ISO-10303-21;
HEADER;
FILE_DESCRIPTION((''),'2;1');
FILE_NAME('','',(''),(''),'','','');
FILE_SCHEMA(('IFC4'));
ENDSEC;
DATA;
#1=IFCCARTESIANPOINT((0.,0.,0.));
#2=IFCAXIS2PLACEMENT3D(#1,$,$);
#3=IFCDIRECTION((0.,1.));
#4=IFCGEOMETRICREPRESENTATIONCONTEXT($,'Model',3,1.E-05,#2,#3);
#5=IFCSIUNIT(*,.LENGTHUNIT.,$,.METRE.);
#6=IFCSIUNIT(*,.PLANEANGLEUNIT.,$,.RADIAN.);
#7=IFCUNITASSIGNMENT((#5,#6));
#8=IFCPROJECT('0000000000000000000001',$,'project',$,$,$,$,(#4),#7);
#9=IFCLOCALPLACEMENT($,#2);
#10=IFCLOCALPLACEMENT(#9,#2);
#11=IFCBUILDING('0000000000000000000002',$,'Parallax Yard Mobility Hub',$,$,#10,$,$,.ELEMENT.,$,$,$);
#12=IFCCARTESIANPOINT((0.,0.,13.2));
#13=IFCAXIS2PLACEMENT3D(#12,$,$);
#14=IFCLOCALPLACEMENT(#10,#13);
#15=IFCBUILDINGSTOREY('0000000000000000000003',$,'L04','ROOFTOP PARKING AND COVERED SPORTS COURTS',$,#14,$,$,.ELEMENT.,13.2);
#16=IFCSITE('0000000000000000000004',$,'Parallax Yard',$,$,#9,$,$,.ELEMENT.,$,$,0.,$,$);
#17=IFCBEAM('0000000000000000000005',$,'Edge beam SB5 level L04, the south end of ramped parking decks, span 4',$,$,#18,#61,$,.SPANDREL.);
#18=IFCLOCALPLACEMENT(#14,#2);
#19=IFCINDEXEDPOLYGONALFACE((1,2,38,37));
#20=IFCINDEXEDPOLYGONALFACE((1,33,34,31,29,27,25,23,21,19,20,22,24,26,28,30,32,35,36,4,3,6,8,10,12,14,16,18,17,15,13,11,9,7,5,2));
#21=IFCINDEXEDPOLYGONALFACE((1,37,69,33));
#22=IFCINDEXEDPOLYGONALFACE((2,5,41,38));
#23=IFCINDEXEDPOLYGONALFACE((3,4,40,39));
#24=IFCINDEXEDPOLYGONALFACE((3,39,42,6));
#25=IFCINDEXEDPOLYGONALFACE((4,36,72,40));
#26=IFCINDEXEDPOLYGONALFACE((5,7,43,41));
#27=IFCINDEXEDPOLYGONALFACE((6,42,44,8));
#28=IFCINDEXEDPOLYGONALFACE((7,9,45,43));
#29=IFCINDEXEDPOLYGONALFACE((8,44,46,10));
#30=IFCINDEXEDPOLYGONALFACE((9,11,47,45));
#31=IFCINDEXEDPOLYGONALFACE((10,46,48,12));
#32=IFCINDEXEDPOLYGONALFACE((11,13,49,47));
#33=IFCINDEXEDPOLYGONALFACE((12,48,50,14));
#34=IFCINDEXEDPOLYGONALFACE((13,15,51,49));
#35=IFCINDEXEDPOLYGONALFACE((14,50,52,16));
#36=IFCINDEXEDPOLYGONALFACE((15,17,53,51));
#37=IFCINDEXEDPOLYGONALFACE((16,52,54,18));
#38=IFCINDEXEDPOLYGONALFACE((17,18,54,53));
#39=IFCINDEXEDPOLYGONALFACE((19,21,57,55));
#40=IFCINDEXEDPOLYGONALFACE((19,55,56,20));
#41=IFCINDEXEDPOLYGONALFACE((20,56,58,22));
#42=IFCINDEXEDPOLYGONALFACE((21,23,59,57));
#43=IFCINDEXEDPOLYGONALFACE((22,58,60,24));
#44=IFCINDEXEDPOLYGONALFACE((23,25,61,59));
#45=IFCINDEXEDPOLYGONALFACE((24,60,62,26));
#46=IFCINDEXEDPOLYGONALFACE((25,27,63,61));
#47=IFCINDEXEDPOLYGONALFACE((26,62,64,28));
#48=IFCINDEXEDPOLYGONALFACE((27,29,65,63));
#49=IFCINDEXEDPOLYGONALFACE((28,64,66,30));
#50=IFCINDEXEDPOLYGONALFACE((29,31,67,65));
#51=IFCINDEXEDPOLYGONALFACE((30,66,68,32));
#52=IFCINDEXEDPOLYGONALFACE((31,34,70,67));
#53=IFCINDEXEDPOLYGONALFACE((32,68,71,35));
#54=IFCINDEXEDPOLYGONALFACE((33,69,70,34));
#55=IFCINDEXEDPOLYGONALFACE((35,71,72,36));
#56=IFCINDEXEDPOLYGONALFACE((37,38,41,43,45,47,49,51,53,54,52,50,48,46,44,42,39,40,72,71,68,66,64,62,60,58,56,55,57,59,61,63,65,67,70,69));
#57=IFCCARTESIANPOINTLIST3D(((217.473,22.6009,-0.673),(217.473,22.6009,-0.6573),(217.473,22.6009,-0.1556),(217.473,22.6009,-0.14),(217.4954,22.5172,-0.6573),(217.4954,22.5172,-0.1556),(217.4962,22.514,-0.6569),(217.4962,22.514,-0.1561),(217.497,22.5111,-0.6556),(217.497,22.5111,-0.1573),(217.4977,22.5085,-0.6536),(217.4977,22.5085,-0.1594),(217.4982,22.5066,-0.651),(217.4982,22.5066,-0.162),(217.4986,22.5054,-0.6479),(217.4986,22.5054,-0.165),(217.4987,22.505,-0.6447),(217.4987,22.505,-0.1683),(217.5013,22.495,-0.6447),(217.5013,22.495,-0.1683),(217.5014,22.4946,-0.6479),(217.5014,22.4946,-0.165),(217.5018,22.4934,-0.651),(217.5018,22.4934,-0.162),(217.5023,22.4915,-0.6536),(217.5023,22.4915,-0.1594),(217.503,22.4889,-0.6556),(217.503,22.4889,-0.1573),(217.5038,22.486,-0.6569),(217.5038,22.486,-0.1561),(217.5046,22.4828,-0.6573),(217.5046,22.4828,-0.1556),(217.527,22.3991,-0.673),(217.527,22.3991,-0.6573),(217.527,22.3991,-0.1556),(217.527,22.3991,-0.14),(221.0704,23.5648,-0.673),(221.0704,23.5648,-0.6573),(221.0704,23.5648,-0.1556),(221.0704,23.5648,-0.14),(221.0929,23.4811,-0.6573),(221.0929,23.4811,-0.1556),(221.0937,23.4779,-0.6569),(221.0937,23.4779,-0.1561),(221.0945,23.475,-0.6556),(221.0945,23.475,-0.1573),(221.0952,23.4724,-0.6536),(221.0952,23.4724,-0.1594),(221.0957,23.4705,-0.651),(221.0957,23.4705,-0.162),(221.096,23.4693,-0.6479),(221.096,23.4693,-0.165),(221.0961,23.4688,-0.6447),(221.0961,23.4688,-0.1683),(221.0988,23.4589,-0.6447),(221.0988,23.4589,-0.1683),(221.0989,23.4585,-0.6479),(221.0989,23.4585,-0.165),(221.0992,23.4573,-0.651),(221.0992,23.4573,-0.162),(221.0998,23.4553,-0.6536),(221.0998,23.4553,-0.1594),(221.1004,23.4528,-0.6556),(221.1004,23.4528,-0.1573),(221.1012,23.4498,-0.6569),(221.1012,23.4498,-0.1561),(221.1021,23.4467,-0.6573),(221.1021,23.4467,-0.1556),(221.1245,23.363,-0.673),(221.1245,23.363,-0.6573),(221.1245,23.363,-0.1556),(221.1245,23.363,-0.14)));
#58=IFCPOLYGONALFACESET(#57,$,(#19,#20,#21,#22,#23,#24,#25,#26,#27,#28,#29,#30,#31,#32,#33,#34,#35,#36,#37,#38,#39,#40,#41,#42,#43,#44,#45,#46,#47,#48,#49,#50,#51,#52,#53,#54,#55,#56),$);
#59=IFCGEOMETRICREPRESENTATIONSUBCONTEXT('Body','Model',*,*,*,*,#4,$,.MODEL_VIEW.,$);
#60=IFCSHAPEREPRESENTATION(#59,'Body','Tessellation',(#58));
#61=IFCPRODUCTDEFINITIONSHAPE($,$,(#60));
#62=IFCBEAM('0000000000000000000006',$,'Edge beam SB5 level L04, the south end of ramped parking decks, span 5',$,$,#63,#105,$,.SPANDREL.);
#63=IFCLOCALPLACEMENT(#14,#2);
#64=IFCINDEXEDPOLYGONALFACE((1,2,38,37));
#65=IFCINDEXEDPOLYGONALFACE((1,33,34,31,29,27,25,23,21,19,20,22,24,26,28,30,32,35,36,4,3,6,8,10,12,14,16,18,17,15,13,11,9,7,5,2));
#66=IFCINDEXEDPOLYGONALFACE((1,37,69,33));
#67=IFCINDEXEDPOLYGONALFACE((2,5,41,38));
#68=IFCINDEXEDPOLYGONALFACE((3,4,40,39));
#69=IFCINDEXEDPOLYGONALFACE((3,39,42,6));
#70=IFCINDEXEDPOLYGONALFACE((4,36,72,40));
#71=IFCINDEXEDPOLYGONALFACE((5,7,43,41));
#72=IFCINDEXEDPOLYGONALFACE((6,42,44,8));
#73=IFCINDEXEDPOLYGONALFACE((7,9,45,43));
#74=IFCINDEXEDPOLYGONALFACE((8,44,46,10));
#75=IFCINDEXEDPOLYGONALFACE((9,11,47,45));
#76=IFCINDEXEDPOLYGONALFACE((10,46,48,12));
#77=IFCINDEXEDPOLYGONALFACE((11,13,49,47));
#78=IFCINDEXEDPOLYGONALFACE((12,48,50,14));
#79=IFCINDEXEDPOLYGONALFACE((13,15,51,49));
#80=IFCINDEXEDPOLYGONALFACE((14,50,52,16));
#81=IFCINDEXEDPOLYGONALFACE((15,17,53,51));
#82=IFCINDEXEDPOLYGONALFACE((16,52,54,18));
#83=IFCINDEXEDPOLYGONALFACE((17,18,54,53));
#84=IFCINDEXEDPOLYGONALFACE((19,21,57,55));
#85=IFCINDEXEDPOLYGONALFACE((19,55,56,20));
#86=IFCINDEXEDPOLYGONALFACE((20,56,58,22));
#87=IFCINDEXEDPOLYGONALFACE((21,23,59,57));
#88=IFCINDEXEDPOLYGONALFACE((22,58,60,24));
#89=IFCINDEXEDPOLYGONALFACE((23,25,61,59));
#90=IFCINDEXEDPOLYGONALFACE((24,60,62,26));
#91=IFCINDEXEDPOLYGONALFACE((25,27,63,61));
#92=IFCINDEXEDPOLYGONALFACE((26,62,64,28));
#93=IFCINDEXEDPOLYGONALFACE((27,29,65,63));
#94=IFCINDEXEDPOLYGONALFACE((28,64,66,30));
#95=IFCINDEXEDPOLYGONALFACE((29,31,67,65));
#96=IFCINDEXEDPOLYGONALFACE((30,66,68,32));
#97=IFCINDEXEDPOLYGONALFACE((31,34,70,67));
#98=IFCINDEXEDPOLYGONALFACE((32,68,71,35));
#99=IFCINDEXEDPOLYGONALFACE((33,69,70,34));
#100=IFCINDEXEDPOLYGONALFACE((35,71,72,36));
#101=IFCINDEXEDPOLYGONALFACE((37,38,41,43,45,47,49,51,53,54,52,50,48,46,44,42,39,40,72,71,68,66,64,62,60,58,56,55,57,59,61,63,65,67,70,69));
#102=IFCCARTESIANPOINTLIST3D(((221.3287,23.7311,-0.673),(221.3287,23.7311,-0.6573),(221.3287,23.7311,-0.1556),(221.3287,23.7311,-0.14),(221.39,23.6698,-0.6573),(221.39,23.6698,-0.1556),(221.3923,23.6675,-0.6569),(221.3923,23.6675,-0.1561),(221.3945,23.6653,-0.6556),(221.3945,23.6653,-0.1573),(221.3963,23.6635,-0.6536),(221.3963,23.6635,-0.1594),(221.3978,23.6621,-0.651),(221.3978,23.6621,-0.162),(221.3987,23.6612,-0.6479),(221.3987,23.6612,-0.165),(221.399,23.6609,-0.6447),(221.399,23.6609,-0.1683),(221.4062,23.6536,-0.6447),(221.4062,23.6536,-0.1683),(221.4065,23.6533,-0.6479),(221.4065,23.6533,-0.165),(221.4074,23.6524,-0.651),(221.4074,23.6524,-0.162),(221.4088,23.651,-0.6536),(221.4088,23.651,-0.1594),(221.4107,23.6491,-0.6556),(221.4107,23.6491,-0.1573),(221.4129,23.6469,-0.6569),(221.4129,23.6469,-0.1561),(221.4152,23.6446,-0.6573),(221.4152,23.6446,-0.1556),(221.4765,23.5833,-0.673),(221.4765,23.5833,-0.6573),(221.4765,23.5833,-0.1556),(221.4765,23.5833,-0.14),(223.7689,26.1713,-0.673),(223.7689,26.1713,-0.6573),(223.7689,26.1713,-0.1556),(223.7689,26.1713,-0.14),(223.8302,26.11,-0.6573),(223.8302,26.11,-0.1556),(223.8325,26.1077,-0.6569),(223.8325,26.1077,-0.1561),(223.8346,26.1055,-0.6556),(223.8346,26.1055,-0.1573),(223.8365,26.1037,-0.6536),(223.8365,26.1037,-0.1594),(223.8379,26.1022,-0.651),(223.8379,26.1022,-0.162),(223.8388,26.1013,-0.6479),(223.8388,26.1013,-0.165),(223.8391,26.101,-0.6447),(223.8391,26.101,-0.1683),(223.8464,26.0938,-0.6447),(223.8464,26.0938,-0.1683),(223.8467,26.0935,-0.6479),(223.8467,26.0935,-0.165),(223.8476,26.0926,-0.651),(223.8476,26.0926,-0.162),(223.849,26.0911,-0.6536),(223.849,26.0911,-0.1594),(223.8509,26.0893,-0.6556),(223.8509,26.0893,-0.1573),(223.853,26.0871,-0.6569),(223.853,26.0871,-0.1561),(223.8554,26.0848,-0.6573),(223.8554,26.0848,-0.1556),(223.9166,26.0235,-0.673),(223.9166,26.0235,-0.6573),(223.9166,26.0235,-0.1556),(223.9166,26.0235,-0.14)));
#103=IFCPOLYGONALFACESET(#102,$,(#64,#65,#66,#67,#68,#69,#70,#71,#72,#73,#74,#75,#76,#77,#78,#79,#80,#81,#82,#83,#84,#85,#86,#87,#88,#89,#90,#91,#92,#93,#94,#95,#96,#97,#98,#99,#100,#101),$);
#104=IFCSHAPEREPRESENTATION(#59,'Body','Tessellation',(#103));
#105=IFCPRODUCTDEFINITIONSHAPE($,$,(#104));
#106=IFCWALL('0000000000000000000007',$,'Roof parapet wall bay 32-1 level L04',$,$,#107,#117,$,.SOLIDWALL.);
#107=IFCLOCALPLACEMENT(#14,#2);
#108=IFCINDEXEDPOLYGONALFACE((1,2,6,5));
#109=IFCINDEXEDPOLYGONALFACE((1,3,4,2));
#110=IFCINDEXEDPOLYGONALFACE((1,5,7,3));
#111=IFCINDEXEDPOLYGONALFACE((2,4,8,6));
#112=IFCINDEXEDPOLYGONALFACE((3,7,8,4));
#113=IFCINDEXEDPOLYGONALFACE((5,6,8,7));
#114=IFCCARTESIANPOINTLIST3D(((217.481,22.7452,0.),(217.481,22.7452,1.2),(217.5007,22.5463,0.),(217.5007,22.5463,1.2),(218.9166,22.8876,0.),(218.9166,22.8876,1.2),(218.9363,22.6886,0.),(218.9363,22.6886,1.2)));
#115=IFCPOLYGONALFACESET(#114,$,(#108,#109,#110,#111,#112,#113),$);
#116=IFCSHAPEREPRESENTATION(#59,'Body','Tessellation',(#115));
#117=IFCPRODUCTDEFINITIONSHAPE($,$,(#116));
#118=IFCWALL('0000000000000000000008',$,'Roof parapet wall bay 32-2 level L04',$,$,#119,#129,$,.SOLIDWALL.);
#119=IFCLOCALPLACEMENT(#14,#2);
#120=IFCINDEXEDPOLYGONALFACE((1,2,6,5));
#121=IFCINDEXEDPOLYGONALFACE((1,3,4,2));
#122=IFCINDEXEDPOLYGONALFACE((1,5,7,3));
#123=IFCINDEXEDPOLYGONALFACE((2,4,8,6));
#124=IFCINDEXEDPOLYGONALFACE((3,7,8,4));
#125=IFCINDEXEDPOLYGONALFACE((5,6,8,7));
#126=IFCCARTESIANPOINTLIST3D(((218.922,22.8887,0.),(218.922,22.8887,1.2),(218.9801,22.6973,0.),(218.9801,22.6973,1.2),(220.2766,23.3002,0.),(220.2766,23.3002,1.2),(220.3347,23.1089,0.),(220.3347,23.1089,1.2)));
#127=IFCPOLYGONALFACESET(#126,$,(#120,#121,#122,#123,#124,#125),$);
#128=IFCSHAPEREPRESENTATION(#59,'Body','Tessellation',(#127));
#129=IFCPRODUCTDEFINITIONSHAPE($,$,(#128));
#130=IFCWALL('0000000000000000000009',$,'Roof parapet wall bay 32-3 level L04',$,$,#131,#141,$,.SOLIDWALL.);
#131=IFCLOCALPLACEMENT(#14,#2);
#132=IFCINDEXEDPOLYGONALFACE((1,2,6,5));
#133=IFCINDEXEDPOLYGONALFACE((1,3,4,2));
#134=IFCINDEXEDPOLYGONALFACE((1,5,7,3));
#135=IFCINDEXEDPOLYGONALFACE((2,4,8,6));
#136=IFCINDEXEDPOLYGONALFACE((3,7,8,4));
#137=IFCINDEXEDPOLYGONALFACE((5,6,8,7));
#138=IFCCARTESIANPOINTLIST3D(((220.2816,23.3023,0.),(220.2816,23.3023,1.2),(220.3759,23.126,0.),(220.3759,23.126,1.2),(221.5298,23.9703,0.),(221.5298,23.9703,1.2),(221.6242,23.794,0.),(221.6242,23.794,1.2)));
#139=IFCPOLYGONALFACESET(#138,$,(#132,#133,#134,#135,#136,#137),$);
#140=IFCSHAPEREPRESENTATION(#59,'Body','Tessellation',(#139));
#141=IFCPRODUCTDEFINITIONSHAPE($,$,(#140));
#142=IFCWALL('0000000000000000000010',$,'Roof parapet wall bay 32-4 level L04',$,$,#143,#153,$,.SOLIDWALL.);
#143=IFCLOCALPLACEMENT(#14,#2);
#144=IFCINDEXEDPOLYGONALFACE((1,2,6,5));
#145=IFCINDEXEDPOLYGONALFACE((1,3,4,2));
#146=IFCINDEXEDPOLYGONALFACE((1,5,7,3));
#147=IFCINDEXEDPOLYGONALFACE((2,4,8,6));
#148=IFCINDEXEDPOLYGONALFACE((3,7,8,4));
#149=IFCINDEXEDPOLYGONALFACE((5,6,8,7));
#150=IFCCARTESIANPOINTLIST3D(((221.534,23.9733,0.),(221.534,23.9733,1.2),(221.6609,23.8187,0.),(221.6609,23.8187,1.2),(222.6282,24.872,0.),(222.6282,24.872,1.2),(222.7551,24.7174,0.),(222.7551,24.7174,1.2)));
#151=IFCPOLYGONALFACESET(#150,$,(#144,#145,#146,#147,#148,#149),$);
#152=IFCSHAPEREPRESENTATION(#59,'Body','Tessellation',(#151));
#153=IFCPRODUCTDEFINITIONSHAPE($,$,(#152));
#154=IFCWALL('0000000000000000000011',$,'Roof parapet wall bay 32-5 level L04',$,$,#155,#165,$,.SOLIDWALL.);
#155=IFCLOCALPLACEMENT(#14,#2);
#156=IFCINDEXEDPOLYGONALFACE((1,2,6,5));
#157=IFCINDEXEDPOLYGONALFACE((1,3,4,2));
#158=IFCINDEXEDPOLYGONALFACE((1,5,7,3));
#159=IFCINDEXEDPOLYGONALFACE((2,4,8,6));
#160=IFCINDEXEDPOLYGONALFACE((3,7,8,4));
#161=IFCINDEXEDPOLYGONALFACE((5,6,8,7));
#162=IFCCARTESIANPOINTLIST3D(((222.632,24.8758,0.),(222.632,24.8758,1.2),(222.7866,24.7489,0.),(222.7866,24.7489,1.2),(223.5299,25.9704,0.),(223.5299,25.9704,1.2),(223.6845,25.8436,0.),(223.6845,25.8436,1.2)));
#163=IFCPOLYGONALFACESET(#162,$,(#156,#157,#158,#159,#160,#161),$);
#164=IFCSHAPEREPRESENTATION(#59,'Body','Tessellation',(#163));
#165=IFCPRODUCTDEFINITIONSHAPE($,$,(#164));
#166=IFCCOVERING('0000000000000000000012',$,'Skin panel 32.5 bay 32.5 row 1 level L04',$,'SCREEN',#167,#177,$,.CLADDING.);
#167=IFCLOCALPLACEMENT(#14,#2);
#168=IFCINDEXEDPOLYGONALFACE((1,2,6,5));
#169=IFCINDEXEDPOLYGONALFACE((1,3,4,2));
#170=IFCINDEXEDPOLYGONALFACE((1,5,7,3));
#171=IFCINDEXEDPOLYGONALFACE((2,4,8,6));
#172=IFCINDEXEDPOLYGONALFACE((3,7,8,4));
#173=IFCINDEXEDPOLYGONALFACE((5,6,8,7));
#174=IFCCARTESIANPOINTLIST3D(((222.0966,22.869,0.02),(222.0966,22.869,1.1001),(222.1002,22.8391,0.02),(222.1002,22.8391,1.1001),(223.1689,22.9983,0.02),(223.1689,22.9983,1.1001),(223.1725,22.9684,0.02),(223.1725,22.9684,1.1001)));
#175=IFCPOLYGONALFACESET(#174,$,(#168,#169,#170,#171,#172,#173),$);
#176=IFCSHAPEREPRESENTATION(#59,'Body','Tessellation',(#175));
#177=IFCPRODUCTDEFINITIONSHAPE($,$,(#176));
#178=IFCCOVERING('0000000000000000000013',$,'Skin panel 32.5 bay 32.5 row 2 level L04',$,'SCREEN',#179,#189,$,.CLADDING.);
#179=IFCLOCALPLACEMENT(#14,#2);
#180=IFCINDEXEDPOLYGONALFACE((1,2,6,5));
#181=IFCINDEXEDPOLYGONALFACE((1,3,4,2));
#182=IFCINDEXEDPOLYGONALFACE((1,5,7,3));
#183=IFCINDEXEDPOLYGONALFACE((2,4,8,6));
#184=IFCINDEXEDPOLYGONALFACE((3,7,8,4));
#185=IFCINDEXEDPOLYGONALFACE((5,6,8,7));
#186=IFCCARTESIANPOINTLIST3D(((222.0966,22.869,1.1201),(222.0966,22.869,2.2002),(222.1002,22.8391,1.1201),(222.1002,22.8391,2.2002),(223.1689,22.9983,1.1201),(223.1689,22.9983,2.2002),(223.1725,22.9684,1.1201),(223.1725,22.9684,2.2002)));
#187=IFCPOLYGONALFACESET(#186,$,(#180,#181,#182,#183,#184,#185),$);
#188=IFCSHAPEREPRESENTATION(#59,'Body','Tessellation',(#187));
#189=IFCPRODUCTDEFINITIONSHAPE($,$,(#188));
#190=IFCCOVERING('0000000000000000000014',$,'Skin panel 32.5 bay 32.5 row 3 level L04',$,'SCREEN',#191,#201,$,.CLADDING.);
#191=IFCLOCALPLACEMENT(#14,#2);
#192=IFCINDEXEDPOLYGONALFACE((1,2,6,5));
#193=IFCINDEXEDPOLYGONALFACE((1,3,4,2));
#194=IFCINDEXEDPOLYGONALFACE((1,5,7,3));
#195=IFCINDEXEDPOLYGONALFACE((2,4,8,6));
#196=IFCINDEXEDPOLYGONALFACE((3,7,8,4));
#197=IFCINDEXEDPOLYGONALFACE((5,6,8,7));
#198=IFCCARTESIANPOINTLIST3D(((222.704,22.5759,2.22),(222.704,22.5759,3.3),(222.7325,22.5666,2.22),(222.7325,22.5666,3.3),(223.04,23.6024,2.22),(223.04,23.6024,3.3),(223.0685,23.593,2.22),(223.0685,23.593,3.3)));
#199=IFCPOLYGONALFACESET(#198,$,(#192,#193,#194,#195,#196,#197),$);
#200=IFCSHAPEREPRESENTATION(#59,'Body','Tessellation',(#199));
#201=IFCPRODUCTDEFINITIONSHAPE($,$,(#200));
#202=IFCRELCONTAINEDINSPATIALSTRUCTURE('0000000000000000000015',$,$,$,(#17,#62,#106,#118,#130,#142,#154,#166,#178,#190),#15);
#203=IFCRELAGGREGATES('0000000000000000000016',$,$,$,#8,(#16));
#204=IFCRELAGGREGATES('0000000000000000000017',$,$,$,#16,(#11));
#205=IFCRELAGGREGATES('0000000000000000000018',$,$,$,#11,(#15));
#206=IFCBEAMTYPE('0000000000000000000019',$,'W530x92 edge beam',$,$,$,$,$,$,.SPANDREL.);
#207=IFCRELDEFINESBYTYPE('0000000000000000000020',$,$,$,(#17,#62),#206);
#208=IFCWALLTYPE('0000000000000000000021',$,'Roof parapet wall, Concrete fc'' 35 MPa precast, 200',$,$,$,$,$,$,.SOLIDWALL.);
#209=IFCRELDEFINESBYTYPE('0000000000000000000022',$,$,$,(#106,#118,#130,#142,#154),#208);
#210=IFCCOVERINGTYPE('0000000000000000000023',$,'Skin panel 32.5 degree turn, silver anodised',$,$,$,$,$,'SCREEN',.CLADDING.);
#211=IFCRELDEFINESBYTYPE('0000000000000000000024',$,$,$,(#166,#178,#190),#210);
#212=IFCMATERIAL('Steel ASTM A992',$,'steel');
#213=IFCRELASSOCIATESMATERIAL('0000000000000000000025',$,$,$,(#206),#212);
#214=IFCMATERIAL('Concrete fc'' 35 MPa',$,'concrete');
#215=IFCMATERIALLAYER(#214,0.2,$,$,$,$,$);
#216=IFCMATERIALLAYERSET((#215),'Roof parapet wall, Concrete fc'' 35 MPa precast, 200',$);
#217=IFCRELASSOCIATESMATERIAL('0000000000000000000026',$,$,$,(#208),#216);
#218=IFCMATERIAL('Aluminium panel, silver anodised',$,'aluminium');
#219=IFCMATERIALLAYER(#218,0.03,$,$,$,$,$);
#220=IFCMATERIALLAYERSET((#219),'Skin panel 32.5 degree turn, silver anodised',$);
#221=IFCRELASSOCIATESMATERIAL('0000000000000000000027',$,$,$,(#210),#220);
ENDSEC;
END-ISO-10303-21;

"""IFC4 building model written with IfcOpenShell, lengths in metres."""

from ifc_helpers import new_model, si_unit, direction, frame, frame_2d, origin, origin_2d, place, context, subcontext, project, spatial, rectangle, i_section, extrude, material, layer, layer_set, material_profile, profile_set, type_object, element, save


model = new_model("IFC4")

# Units and contexts
model_context = context("Model", 3, precision=1e-05, world=origin(), true_north=direction((0.0, 1.0)))
body_context = subcontext(model_context, "Body", "Model", "MODEL_VIEW")
ifc_project = project(units=[si_unit("LENGTHUNIT", "METRE"), si_unit("PLANEANGLEUNIT", "RADIAN")], contexts=[model_context])

# Site, building, storey
site_placement = place(None, origin())
site = spatial("IfcSite", under=ifc_project, at=site_placement, Name="Parallax Yard", CompositionType="ELEMENT", RefElevation=0.0)
building_placement = place(site_placement, origin())
building = spatial("IfcBuilding", under=site, at=building_placement, Name="Parallax Yard Mobility Hub", CompositionType="ELEMENT")
storey_placement = place(building_placement, frame((0.0, 0.0, 13.2)))
storey = spatial("IfcBuildingStorey", under=building, at=storey_placement, Name="L04", Description="ROOFTOP PARKING AND COVERED SPORTS COURTS", CompositionType="ELEMENT", Elevation=13.2)

# Beams
ifc_material_1 = material(Name="Steel ASTM A992", Category="steel")
ifc_material_profile_1 = material_profile(ifc_material_1, i_section(OverallWidth=0.209, OverallDepth=0.533, WebThickness=0.0103, FlangeThickness=0.0156, FilletRadius=0.0127, at=origin_2d()), Name="W530x92")
ifc_profile_set_1 = profile_set([ifc_material_profile_1], Name="Steel ASTM A992")
beam_type = type_object("IfcBeamType", Name="W530x92 edge beam", PredefinedType="SPANDREL", material=ifc_profile_set_1)
beam_1_placement = place(storey_placement, frame((217.5, 22.5, -0.4065), z_axis=(0.96593, 0.258805, 0.0), x_axis=(-0.258805, 0.96593, 0.0)))
element("IfcBeam", 1, at=beam_1_placement, inside=storey, type_object=beam_type, Name="Edge beam SB5 level L04, the south end of ramped parking decks, span 4", PredefinedType="SPANDREL", context=body_context, shape_type="SweptSolid", body=[
    extrude(i_section(OverallWidth=0.209, OverallDepth=0.533, WebThickness=0.0103, FlangeThickness=0.0156, FilletRadius=0.0127, at=origin_2d()), origin(), (0.0, 0.0, 1.0), 3.7244),
])
beam_2_placement = place(storey_placement, frame((221.4026, 23.6572, -0.4065), z_axis=(0.707107, 0.707107, 0.0), x_axis=(-0.707107, 0.707107, 0.0)))
element("IfcBeam", 2, at=beam_2_placement, inside=storey, type_object=beam_type, Name="Edge beam SB5 level L04, the south end of ramped parking decks, span 5", PredefinedType="SPANDREL", context=body_context, shape_type="SweptSolid", body=[
    extrude(i_section(OverallWidth=0.209, OverallDepth=0.533, WebThickness=0.0103, FlangeThickness=0.0156, FilletRadius=0.0127, at=origin_2d()), origin(), (0.0, 0.0, 1.0), 3.4509),
])

# Walls
ifc_material_2 = material(Name="Concrete fc' 35 MPa", Category="concrete")
ifc_layer_1 = layer(ifc_material_2, 0.2)
ifc_layer_set_1 = layer_set([ifc_layer_1], Name="Roof parapet wall, Concrete fc' 35 MPa precast, 200")
wall_type = type_object("IfcWallType", Name="Roof parapet wall, Concrete fc' 35 MPa precast, 200", PredefinedType="SOLIDWALL", material=ifc_layer_set_1)
wall_1_placement = place(storey_placement, frame((217.491, 22.6458, 0.0), z_axis=(0.0, 0.0, 1.0), x_axis=(0.995121, 0.098666, 0.0)))
element("IfcWall", 3, at=wall_1_placement, inside=storey, type_object=wall_type, Name="Roof parapet wall bay 32-1 level L04", PredefinedType="SOLIDWALL", context=body_context, shape_type="SweptSolid", body=[
    extrude(rectangle(XDim=1.4426, YDim=0.2, at=frame_2d((0.7212, 0.0))), origin(), (0.0, 0.0, 1.0), 1.2),
])
for number, where, z_axis, x_axis, name in (
    (4, (218.9509, 22.793, 0.0), (0.0, 0.0, 1.0), (0.95681, 0.290716, 0.0), "Roof parapet wall bay 32-2 level L04"),
    (5, (220.3286, 23.2141, 0.0), (0.0, 0.0, 1.0), (0.881703, 0.471805, 0.0), "Roof parapet wall bay 32-3 level L04"),
):
    element("IfcWall", number, at=place(storey_placement, frame(where, z_axis=z_axis, x_axis=x_axis)), inside=storey, type_object=wall_type, Name=name, PredefinedType="SOLIDWALL", context=body_context, shape_type="SweptSolid", body=[
        extrude(rectangle(XDim=1.4158, YDim=0.2, at=frame_2d((0.708, 0.0))), origin(), (0.0, 0.0, 1.0), 1.2),
    ])
wall_2_placement = place(storey_placement, frame((221.5974, 23.896, 0.0), z_axis=(0.0, 0.0, 1.0), x_axis=(0.772781, 0.634673, 0.0)))
element("IfcWall", 6, at=wall_2_placement, inside=storey, type_object=wall_type, Name="Roof parapet wall bay 32-4 level L04", PredefinedType="SOLIDWALL", context=body_context, shape_type="SweptSolid", body=[
    extrude(rectangle(XDim=1.416, YDim=0.2, at=frame_2d((0.708, 0.0))), origin(), (0.0, 0.0, 1.0), 1.2),
])
wall_3_placement = place(storey_placement, frame((222.7092, 24.8123, 0.0), z_axis=(0.0, 0.0, 1.0), x_axis=(0.634195, 0.773173, 0.0)))
element("IfcWall", 7, at=wall_3_placement, inside=storey, type_object=wall_type, Name="Roof parapet wall bay 32-5 level L04", PredefinedType="SOLIDWALL", context=body_context, shape_type="SweptSolid", body=[
    extrude(rectangle(XDim=1.4158, YDim=0.2, at=frame_2d((0.708, 0.0))), origin(), (0.0, 0.0, 1.0), 1.2),
])

# Coverings
ifc_material_3 = material(Name="Aluminium panel, silver anodised", Category="aluminium")
ifc_layer_2 = layer(ifc_material_3, 0.03)
ifc_layer_set_2 = layer_set([ifc_layer_2], Name="Skin panel 32.5 degree turn, silver anodised")
covering_type_1 = type_object("IfcCoveringType", Name="Skin panel 32.5 degree turn, silver anodised", ElementType="SCREEN", PredefinedType="CLADDING", material=ifc_layer_set_2)
for number, where, z_axis, x_axis, name in (
    (8, (222.6345, 22.9187, 0.02), (0.0, 0.0, 1.0), (0.99281, 0.119704, 0.0), "Skin panel 32.5 bay 32.5 row 1 level L04"),
    (9, (222.6345, 22.9187, 1.1201), (0.0, 0.0, 1.0), (0.99281, 0.119704, 0.0), "Skin panel 32.5 bay 32.5 row 2 level L04"),
    (10, (222.8862, 23.0845, 2.22), (0.0, 0.0, 1.0), (-0.311091, -0.95038, 0.0), "Skin panel 32.5 bay 32.5 row 3 level L04"),
):
    element("IfcCovering", number, at=place(storey_placement, frame(where, z_axis=z_axis, x_axis=x_axis)), inside=storey, type_object=covering_type_1, Name=name, ObjectType="SCREEN", PredefinedType="CLADDING", context=body_context, shape_type="SweptSolid", body=[
        extrude(rectangle(XDim=1.0801, YDim=0.03, at=origin_2d()), origin(), (0.0, 0.0, 1.0), 1.0801),
    ])

save(model, "model.ifc")
